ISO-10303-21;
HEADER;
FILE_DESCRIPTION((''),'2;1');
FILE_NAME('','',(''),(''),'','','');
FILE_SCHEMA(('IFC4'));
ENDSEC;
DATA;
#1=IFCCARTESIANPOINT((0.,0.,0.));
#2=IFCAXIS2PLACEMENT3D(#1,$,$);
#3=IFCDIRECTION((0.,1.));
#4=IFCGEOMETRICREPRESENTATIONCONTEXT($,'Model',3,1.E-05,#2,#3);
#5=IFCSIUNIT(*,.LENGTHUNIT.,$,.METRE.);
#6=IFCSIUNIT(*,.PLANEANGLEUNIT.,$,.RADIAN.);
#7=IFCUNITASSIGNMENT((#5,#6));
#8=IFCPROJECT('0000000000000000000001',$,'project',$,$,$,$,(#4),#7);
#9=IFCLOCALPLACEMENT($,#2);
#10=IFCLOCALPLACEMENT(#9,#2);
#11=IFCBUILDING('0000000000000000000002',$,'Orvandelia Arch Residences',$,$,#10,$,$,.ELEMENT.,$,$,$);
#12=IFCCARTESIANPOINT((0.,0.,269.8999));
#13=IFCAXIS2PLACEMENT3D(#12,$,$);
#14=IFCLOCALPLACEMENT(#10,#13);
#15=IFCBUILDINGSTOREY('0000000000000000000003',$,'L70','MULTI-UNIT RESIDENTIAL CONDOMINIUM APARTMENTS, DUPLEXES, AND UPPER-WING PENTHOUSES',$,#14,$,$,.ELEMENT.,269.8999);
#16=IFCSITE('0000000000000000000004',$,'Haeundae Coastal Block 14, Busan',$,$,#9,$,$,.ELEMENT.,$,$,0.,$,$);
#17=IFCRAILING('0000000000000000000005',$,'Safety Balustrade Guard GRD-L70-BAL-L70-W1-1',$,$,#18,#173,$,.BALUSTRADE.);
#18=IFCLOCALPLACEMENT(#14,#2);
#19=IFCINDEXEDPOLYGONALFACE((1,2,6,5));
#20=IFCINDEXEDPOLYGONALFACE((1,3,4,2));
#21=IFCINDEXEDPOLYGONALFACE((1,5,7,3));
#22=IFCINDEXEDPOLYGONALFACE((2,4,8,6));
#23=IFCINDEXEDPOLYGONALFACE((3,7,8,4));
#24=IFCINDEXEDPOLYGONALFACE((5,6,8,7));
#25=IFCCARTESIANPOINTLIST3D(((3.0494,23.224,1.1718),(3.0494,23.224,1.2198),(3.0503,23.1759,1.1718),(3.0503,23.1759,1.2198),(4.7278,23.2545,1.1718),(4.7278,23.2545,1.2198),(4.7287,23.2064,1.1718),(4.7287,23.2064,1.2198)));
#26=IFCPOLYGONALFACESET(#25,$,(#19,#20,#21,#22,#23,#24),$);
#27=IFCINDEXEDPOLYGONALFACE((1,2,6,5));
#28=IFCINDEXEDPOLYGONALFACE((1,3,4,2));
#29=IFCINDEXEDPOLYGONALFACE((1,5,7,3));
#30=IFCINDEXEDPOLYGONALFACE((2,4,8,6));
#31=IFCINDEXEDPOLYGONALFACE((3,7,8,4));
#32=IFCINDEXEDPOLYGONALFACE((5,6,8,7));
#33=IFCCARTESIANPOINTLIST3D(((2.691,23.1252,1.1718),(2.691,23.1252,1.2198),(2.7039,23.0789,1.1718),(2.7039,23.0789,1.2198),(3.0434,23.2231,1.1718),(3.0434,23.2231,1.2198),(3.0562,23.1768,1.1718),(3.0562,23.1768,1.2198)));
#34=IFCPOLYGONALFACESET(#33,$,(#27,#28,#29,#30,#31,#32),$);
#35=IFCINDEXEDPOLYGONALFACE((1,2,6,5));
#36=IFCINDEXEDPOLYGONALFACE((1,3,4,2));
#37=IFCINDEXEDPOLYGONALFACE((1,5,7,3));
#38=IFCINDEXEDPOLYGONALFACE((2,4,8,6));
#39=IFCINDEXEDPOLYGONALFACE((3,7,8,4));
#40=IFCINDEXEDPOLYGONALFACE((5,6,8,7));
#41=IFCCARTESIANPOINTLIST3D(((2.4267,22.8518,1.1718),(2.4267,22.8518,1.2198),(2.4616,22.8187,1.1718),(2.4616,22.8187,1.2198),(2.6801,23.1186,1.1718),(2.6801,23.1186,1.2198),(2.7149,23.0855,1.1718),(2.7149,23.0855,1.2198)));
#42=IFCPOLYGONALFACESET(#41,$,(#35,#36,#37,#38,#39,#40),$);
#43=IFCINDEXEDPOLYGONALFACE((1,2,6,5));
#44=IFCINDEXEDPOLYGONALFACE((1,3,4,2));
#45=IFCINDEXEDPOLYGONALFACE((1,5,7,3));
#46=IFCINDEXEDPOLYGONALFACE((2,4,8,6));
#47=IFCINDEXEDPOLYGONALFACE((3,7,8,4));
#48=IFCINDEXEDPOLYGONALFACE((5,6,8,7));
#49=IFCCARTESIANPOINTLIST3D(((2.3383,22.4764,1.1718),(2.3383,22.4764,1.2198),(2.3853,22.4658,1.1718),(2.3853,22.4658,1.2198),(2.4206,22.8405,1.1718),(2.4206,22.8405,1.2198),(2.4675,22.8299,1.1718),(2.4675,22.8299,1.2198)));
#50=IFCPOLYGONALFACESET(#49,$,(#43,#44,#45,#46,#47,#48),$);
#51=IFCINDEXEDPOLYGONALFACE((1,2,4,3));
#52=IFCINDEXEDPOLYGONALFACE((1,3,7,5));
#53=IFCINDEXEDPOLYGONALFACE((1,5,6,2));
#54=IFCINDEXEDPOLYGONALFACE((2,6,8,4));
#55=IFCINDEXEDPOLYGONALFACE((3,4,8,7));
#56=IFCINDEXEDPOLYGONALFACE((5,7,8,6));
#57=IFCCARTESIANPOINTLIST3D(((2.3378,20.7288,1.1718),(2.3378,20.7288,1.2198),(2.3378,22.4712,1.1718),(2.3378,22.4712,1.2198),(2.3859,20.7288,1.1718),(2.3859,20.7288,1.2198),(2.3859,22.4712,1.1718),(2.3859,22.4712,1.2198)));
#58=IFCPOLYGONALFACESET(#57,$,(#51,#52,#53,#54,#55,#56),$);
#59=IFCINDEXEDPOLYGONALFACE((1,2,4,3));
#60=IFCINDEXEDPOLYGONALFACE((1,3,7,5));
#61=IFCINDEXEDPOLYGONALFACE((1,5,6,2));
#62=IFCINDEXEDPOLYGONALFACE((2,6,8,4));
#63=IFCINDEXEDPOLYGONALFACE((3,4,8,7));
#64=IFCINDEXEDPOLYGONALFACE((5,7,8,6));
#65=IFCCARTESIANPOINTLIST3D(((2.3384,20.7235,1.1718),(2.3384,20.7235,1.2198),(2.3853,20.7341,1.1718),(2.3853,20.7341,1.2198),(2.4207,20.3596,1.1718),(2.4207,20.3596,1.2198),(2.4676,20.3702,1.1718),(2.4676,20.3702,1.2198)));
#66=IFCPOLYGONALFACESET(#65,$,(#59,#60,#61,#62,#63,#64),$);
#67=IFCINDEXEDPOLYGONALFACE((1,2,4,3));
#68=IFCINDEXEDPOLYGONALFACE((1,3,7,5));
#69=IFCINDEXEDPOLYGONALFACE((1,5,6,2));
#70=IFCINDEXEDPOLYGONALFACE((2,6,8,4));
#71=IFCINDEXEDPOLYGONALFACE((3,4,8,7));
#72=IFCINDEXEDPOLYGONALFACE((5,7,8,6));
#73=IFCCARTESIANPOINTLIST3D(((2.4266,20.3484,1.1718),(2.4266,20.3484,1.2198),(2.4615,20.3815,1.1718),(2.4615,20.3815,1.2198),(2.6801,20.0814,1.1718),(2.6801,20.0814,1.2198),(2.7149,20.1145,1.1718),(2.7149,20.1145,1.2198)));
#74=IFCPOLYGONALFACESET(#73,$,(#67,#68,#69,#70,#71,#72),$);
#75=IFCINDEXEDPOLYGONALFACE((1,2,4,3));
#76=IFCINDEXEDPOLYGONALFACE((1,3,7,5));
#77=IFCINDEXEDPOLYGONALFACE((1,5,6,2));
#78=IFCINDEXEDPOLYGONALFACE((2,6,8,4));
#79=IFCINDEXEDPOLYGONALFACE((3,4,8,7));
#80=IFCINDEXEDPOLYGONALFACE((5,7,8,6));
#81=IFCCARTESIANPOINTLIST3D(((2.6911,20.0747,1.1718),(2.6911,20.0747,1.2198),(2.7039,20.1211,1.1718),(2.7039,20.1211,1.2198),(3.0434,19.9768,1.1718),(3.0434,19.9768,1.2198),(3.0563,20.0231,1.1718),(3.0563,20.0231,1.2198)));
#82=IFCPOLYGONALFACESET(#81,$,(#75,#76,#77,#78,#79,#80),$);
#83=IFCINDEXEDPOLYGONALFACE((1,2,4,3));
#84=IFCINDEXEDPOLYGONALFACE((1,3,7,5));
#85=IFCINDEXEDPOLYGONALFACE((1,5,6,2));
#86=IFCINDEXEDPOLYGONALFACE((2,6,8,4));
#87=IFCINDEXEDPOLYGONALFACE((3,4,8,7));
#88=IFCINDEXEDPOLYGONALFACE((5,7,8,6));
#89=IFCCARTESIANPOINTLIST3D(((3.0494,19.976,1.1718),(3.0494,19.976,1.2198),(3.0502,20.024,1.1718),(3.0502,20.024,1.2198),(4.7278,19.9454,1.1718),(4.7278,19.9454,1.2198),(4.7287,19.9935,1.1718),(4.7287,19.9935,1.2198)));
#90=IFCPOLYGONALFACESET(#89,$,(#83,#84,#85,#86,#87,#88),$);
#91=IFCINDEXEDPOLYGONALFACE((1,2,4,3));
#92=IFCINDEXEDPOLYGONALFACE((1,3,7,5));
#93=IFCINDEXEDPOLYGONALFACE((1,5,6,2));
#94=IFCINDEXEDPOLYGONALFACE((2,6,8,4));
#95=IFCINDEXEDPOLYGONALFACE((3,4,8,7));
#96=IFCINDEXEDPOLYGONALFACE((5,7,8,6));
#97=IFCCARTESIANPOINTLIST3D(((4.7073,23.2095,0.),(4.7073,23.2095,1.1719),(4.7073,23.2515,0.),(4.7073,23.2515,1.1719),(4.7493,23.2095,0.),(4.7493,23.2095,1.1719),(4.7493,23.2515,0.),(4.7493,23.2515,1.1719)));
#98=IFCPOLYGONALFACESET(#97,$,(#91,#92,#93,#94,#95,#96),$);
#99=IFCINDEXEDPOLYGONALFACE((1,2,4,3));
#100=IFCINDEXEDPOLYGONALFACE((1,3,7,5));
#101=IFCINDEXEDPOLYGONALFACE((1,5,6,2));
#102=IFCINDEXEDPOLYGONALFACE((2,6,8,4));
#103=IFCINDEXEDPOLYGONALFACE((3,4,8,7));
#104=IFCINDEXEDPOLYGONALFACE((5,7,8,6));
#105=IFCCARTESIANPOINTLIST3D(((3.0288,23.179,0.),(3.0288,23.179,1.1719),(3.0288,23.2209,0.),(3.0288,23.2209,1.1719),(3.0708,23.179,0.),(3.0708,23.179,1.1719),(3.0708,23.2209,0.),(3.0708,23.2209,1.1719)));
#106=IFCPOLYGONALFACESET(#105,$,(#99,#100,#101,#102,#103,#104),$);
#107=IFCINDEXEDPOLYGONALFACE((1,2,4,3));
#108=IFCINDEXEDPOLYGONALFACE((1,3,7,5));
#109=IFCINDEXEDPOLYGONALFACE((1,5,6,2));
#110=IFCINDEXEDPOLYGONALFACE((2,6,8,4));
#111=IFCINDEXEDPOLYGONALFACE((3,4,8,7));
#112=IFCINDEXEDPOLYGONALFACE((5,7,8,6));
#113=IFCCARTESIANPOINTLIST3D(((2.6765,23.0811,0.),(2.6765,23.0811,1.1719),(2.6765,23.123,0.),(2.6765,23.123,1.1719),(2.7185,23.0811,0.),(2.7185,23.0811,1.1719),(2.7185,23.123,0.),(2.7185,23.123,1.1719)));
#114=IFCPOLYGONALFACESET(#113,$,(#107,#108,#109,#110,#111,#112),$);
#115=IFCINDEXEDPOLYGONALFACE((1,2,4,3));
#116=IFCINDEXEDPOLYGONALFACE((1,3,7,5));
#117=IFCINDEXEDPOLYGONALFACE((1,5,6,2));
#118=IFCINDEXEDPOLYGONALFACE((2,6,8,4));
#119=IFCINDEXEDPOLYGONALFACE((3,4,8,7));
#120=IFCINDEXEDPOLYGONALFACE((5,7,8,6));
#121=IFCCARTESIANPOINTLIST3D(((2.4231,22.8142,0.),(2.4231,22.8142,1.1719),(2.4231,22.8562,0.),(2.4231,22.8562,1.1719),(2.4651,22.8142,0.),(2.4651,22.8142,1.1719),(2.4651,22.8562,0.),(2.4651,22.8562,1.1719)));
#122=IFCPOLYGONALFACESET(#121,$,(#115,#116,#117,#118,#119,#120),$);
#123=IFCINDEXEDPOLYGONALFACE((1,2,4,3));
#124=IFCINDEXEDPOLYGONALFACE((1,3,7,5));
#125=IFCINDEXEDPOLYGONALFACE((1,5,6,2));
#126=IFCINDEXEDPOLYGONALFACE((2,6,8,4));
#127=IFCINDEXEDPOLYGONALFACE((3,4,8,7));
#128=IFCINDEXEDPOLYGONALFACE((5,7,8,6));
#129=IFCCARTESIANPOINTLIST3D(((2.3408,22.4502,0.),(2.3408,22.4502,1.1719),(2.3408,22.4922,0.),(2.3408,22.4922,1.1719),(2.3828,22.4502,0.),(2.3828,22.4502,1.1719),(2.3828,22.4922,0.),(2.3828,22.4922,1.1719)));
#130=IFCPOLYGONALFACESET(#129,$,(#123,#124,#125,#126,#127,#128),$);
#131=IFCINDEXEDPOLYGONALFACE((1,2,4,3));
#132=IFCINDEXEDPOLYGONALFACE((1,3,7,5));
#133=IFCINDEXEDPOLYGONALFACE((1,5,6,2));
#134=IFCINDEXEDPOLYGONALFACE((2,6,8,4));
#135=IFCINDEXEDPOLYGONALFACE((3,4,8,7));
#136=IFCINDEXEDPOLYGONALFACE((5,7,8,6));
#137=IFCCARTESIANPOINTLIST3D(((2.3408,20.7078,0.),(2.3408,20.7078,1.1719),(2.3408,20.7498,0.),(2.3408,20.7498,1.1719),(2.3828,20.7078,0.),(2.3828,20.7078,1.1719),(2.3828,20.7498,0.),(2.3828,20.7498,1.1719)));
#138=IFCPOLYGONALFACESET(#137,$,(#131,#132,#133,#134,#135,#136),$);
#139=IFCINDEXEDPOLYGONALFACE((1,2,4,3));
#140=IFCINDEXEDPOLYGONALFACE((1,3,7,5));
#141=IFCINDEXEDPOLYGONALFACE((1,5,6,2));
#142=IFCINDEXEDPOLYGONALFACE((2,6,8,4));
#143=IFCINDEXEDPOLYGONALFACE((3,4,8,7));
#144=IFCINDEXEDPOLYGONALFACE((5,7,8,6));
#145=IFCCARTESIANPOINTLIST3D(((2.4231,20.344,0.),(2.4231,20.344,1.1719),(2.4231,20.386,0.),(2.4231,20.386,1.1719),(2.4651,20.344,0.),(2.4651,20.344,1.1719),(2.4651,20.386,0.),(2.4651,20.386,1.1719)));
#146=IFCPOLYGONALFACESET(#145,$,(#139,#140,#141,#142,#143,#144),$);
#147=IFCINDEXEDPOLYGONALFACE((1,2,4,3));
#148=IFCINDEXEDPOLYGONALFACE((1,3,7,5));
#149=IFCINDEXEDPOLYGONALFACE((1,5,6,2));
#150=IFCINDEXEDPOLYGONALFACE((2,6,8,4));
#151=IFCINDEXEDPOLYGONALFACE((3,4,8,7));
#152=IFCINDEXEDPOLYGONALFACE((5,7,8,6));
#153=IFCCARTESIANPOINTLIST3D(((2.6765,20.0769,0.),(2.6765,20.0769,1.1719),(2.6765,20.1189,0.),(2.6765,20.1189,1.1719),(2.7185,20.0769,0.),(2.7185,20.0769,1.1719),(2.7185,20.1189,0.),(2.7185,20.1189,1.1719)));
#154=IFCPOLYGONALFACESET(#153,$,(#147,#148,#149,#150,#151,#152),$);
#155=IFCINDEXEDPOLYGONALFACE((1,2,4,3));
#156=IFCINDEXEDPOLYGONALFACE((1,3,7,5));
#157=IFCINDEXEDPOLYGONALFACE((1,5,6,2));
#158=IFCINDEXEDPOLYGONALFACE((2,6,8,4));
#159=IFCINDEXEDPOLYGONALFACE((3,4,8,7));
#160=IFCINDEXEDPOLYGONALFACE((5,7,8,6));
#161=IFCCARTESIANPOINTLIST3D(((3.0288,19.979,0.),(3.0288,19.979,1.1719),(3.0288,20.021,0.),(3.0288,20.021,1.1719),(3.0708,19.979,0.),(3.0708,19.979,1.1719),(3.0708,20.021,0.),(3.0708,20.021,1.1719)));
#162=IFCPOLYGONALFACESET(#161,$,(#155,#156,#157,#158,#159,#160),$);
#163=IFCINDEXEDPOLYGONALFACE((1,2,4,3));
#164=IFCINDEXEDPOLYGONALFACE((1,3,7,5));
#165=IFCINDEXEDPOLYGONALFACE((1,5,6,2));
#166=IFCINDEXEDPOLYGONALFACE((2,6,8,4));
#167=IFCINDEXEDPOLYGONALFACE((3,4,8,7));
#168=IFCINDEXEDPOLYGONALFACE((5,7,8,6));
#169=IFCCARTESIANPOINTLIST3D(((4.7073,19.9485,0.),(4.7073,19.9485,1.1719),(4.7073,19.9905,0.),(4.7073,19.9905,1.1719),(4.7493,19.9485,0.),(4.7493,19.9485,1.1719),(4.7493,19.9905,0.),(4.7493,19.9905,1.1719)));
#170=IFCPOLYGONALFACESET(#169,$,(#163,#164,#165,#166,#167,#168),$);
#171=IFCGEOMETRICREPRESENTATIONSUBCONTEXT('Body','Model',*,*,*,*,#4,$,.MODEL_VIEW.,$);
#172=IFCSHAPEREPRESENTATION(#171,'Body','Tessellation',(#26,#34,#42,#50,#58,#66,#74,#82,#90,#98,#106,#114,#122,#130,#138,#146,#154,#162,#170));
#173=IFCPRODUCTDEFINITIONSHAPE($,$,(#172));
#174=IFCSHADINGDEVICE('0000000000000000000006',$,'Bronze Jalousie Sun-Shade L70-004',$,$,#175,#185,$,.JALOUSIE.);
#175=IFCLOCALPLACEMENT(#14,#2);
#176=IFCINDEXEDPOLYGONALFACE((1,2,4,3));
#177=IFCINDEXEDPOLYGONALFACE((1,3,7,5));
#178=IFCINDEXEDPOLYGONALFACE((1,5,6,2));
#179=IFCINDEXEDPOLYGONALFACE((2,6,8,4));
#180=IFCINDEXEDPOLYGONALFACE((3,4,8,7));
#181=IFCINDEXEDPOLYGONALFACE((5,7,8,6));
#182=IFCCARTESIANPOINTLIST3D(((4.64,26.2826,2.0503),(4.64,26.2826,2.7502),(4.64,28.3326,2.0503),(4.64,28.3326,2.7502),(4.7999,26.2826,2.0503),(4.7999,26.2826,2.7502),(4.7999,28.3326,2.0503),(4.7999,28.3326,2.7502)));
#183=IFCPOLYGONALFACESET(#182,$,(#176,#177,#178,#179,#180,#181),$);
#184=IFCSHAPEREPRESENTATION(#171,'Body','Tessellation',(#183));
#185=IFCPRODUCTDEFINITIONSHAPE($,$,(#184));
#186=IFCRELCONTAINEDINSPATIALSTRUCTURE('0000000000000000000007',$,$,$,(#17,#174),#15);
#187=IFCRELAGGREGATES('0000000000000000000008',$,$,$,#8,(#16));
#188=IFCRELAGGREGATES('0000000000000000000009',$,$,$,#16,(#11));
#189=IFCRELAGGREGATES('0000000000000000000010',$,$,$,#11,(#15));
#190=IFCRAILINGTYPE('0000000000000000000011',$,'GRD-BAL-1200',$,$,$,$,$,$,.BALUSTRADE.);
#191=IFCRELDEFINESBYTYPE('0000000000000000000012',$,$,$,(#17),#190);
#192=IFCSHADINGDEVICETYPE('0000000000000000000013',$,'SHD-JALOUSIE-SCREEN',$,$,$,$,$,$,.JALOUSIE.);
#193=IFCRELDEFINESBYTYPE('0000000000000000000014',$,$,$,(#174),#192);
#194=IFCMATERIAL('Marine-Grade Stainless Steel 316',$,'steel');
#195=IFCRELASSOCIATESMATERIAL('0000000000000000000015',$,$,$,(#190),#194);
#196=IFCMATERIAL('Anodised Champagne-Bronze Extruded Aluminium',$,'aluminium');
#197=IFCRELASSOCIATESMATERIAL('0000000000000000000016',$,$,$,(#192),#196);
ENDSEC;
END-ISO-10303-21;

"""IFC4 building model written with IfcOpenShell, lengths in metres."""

from ifc_helpers import new_model, si_unit, direction, frame, origin, origin_2d, place, context, subcontext, project, spatial, rectangle, extrude, material, type_object, element, save


model = new_model("IFC4")

# Units and contexts
model_context = context("Model", 3, precision=1e-05, world=origin(), true_north=direction((0.0, 1.0)))
body_context = subcontext(model_context, "Body", "Model", "MODEL_VIEW")
ifc_project = project(units=[si_unit("LENGTHUNIT", "METRE"), si_unit("PLANEANGLEUNIT", "RADIAN")], contexts=[model_context])

# Site, building, storey
site_placement = place(None, origin())
site = spatial("IfcSite", under=ifc_project, at=site_placement, Name="Haeundae Coastal Block 14, Busan", CompositionType="ELEMENT", RefElevation=0.0)
building_placement = place(site_placement, origin())
building = spatial("IfcBuilding", under=site, at=building_placement, Name="Orvandelia Arch Residences", CompositionType="ELEMENT")
storey_placement = place(building_placement, frame((0.0, 0.0, 269.8999)))
storey = spatial("IfcBuildingStorey", under=building, at=storey_placement, Name="L70", Description="MULTI-UNIT RESIDENTIAL CONDOMINIUM APARTMENTS, DUPLEXES, AND UPPER-WING PENTHOUSES", CompositionType="ELEMENT", Elevation=269.8999)

# Railing
ifc_material_1 = material(Name="Marine-Grade Stainless Steel 316", Category="steel")
railing_type = type_object("IfcRailingType", Name="GRD-BAL-1200", PredefinedType="BALUSTRADE", material=ifc_material_1)
railing_placement = place(storey_placement, frame((4.7283, 23.2305, 0.0)))
element("IfcRailing", 1, at=railing_placement, inside=storey, type_object=railing_type, Name="Safety Balustrade Guard GRD-L70-BAL-L70-W1-1", PredefinedType="BALUSTRADE", context=body_context, shape_type="SweptSolid", body=[
    extrude(rectangle(XDim=0.0481, YDim=0.0481, at=origin_2d()), frame((0.0, 0.0, 1.1958), z_axis=(-0.999835, -0.018179, 0.0), x_axis=(0.018179, -0.999835, 0.0)), (0.0, 0.0, 1.0), 1.6787),
    extrude(rectangle(XDim=0.0481, YDim=0.0481, at=origin_2d()), frame((-1.6785, -0.0305, 1.1958), z_axis=(-0.963489, -0.267747, 0.0), x_axis=(0.267747, -0.963489, 0.0)), (0.0, 0.0, 1.0), 0.3657),
    extrude(rectangle(XDim=0.0481, YDim=0.0481, at=origin_2d()), frame((-2.0308, -0.1284, 1.1958), z_axis=(-0.688627, -0.725115, 0.0), x_axis=(0.725115, -0.688627, 0.0)), (0.0, 0.0, 1.0), 0.3679),
    extrude(rectangle(XDim=0.0481, YDim=0.0481, at=origin_2d()), frame((-2.2842, -0.3953, 1.1958), z_axis=(-0.220462, -0.975396, 0.0), x_axis=(0.975396, -0.220462, 0.0)), (0.0, 0.0, 1.0), 0.3733),
    extrude(rectangle(XDim=0.0481, YDim=0.0481, at=origin_2d()), frame((-2.3665, -0.7593, 1.1958), z_axis=(0.0, -1.0, 0.0), x_axis=(1.0, 0.0, 0.0)), (0.0, 0.0, 1.0), 1.7424),
    extrude(rectangle(XDim=0.0481, YDim=0.0481, at=origin_2d()), frame((-2.3665, -2.5017, 1.1958), z_axis=(0.220602, -0.975364, 0.0), x_axis=(0.975364, 0.220602, 0.0)), (0.0, 0.0, 1.0), 0.373),
    extrude(rectangle(XDim=0.0481, YDim=0.0481, at=origin_2d()), frame((-2.2842, -2.8655, 1.1958), z_axis=(0.688296, -0.72543, 0.0), x_axis=(0.72543, 0.688296, 0.0)), (0.0, 0.0, 1.0), 0.3682),
    extrude(rectangle(XDim=0.0481, YDim=0.0481, at=origin_2d()), frame((-2.0308, -3.1326, 1.1958), z_axis=(0.963489, -0.267747, 0.0), x_axis=(0.267747, 0.963489, 0.0)), (0.0, 0.0, 1.0), 0.3657),
    extrude(rectangle(XDim=0.0481, YDim=0.0481, at=origin_2d()), frame((-1.6785, -3.2305, 1.1958), z_axis=(0.999835, -0.018179, 0.0), x_axis=(0.018179, 0.999835, 0.0)), (0.0, 0.0, 1.0), 1.6787),
    extrude(rectangle(XDim=0.042, YDim=0.042, at=origin_2d()), origin(), (0.0, 0.0, 1.0), 1.1719),
    extrude(rectangle(XDim=0.042, YDim=0.042, at=origin_2d()), frame((-1.6785, -0.0305, 0.0)), (0.0, 0.0, 1.0), 1.1719),
    extrude(rectangle(XDim=0.042, YDim=0.042, at=origin_2d()), frame((-2.0308, -0.1284, 0.0)), (0.0, 0.0, 1.0), 1.1719),
    extrude(rectangle(XDim=0.042, YDim=0.042, at=origin_2d()), frame((-2.2842, -0.3953, 0.0)), (0.0, 0.0, 1.0), 1.1719),
    extrude(rectangle(XDim=0.042, YDim=0.042, at=origin_2d()), frame((-2.3665, -0.7593, 0.0)), (0.0, 0.0, 1.0), 1.1719),
    extrude(rectangle(XDim=0.042, YDim=0.042, at=origin_2d()), frame((-2.3665, -2.5017, 0.0)), (0.0, 0.0, 1.0), 1.1719),
    extrude(rectangle(XDim=0.042, YDim=0.042, at=origin_2d()), frame((-2.2842, -2.8655, 0.0)), (0.0, 0.0, 1.0), 1.1719),
    extrude(rectangle(XDim=0.042, YDim=0.042, at=origin_2d()), frame((-2.0308, -3.1326, 0.0)), (0.0, 0.0, 1.0), 1.1719),
    extrude(rectangle(XDim=0.042, YDim=0.042, at=origin_2d()), frame((-1.6785, -3.2305, 0.0)), (0.0, 0.0, 1.0), 1.1719),
    extrude(rectangle(XDim=0.042, YDim=0.042, at=origin_2d()), frame((0.0, -3.261, 0.0)), (0.0, 0.0, 1.0), 1.1719),
])

# Shading device
ifc_material_2 = material(Name="Anodised Champagne-Bronze Extruded Aluminium", Category="aluminium")
shading_device_type = type_object("IfcShadingDeviceType", Name="SHD-JALOUSIE-SCREEN", PredefinedType="JALOUSIE", material=ifc_material_2)
shading_device_placement = place(storey_placement, frame((4.72, 27.3076, 2.0503), z_axis=(0.0, 0.0, 1.0), x_axis=(0.0, 1.0, 0.0)))
element("IfcShadingDevice", 2, at=shading_device_placement, inside=storey, type_object=shading_device_type, Name="Bronze Jalousie Sun-Shade L70-004", PredefinedType="JALOUSIE", context=body_context, shape_type="SweptSolid", body=[
    extrude(rectangle(XDim=2.05, YDim=0.1599, at=origin_2d()), origin(), (0.0, 0.0, 1.0), 0.7),
])

save(model, "model.ifc")
